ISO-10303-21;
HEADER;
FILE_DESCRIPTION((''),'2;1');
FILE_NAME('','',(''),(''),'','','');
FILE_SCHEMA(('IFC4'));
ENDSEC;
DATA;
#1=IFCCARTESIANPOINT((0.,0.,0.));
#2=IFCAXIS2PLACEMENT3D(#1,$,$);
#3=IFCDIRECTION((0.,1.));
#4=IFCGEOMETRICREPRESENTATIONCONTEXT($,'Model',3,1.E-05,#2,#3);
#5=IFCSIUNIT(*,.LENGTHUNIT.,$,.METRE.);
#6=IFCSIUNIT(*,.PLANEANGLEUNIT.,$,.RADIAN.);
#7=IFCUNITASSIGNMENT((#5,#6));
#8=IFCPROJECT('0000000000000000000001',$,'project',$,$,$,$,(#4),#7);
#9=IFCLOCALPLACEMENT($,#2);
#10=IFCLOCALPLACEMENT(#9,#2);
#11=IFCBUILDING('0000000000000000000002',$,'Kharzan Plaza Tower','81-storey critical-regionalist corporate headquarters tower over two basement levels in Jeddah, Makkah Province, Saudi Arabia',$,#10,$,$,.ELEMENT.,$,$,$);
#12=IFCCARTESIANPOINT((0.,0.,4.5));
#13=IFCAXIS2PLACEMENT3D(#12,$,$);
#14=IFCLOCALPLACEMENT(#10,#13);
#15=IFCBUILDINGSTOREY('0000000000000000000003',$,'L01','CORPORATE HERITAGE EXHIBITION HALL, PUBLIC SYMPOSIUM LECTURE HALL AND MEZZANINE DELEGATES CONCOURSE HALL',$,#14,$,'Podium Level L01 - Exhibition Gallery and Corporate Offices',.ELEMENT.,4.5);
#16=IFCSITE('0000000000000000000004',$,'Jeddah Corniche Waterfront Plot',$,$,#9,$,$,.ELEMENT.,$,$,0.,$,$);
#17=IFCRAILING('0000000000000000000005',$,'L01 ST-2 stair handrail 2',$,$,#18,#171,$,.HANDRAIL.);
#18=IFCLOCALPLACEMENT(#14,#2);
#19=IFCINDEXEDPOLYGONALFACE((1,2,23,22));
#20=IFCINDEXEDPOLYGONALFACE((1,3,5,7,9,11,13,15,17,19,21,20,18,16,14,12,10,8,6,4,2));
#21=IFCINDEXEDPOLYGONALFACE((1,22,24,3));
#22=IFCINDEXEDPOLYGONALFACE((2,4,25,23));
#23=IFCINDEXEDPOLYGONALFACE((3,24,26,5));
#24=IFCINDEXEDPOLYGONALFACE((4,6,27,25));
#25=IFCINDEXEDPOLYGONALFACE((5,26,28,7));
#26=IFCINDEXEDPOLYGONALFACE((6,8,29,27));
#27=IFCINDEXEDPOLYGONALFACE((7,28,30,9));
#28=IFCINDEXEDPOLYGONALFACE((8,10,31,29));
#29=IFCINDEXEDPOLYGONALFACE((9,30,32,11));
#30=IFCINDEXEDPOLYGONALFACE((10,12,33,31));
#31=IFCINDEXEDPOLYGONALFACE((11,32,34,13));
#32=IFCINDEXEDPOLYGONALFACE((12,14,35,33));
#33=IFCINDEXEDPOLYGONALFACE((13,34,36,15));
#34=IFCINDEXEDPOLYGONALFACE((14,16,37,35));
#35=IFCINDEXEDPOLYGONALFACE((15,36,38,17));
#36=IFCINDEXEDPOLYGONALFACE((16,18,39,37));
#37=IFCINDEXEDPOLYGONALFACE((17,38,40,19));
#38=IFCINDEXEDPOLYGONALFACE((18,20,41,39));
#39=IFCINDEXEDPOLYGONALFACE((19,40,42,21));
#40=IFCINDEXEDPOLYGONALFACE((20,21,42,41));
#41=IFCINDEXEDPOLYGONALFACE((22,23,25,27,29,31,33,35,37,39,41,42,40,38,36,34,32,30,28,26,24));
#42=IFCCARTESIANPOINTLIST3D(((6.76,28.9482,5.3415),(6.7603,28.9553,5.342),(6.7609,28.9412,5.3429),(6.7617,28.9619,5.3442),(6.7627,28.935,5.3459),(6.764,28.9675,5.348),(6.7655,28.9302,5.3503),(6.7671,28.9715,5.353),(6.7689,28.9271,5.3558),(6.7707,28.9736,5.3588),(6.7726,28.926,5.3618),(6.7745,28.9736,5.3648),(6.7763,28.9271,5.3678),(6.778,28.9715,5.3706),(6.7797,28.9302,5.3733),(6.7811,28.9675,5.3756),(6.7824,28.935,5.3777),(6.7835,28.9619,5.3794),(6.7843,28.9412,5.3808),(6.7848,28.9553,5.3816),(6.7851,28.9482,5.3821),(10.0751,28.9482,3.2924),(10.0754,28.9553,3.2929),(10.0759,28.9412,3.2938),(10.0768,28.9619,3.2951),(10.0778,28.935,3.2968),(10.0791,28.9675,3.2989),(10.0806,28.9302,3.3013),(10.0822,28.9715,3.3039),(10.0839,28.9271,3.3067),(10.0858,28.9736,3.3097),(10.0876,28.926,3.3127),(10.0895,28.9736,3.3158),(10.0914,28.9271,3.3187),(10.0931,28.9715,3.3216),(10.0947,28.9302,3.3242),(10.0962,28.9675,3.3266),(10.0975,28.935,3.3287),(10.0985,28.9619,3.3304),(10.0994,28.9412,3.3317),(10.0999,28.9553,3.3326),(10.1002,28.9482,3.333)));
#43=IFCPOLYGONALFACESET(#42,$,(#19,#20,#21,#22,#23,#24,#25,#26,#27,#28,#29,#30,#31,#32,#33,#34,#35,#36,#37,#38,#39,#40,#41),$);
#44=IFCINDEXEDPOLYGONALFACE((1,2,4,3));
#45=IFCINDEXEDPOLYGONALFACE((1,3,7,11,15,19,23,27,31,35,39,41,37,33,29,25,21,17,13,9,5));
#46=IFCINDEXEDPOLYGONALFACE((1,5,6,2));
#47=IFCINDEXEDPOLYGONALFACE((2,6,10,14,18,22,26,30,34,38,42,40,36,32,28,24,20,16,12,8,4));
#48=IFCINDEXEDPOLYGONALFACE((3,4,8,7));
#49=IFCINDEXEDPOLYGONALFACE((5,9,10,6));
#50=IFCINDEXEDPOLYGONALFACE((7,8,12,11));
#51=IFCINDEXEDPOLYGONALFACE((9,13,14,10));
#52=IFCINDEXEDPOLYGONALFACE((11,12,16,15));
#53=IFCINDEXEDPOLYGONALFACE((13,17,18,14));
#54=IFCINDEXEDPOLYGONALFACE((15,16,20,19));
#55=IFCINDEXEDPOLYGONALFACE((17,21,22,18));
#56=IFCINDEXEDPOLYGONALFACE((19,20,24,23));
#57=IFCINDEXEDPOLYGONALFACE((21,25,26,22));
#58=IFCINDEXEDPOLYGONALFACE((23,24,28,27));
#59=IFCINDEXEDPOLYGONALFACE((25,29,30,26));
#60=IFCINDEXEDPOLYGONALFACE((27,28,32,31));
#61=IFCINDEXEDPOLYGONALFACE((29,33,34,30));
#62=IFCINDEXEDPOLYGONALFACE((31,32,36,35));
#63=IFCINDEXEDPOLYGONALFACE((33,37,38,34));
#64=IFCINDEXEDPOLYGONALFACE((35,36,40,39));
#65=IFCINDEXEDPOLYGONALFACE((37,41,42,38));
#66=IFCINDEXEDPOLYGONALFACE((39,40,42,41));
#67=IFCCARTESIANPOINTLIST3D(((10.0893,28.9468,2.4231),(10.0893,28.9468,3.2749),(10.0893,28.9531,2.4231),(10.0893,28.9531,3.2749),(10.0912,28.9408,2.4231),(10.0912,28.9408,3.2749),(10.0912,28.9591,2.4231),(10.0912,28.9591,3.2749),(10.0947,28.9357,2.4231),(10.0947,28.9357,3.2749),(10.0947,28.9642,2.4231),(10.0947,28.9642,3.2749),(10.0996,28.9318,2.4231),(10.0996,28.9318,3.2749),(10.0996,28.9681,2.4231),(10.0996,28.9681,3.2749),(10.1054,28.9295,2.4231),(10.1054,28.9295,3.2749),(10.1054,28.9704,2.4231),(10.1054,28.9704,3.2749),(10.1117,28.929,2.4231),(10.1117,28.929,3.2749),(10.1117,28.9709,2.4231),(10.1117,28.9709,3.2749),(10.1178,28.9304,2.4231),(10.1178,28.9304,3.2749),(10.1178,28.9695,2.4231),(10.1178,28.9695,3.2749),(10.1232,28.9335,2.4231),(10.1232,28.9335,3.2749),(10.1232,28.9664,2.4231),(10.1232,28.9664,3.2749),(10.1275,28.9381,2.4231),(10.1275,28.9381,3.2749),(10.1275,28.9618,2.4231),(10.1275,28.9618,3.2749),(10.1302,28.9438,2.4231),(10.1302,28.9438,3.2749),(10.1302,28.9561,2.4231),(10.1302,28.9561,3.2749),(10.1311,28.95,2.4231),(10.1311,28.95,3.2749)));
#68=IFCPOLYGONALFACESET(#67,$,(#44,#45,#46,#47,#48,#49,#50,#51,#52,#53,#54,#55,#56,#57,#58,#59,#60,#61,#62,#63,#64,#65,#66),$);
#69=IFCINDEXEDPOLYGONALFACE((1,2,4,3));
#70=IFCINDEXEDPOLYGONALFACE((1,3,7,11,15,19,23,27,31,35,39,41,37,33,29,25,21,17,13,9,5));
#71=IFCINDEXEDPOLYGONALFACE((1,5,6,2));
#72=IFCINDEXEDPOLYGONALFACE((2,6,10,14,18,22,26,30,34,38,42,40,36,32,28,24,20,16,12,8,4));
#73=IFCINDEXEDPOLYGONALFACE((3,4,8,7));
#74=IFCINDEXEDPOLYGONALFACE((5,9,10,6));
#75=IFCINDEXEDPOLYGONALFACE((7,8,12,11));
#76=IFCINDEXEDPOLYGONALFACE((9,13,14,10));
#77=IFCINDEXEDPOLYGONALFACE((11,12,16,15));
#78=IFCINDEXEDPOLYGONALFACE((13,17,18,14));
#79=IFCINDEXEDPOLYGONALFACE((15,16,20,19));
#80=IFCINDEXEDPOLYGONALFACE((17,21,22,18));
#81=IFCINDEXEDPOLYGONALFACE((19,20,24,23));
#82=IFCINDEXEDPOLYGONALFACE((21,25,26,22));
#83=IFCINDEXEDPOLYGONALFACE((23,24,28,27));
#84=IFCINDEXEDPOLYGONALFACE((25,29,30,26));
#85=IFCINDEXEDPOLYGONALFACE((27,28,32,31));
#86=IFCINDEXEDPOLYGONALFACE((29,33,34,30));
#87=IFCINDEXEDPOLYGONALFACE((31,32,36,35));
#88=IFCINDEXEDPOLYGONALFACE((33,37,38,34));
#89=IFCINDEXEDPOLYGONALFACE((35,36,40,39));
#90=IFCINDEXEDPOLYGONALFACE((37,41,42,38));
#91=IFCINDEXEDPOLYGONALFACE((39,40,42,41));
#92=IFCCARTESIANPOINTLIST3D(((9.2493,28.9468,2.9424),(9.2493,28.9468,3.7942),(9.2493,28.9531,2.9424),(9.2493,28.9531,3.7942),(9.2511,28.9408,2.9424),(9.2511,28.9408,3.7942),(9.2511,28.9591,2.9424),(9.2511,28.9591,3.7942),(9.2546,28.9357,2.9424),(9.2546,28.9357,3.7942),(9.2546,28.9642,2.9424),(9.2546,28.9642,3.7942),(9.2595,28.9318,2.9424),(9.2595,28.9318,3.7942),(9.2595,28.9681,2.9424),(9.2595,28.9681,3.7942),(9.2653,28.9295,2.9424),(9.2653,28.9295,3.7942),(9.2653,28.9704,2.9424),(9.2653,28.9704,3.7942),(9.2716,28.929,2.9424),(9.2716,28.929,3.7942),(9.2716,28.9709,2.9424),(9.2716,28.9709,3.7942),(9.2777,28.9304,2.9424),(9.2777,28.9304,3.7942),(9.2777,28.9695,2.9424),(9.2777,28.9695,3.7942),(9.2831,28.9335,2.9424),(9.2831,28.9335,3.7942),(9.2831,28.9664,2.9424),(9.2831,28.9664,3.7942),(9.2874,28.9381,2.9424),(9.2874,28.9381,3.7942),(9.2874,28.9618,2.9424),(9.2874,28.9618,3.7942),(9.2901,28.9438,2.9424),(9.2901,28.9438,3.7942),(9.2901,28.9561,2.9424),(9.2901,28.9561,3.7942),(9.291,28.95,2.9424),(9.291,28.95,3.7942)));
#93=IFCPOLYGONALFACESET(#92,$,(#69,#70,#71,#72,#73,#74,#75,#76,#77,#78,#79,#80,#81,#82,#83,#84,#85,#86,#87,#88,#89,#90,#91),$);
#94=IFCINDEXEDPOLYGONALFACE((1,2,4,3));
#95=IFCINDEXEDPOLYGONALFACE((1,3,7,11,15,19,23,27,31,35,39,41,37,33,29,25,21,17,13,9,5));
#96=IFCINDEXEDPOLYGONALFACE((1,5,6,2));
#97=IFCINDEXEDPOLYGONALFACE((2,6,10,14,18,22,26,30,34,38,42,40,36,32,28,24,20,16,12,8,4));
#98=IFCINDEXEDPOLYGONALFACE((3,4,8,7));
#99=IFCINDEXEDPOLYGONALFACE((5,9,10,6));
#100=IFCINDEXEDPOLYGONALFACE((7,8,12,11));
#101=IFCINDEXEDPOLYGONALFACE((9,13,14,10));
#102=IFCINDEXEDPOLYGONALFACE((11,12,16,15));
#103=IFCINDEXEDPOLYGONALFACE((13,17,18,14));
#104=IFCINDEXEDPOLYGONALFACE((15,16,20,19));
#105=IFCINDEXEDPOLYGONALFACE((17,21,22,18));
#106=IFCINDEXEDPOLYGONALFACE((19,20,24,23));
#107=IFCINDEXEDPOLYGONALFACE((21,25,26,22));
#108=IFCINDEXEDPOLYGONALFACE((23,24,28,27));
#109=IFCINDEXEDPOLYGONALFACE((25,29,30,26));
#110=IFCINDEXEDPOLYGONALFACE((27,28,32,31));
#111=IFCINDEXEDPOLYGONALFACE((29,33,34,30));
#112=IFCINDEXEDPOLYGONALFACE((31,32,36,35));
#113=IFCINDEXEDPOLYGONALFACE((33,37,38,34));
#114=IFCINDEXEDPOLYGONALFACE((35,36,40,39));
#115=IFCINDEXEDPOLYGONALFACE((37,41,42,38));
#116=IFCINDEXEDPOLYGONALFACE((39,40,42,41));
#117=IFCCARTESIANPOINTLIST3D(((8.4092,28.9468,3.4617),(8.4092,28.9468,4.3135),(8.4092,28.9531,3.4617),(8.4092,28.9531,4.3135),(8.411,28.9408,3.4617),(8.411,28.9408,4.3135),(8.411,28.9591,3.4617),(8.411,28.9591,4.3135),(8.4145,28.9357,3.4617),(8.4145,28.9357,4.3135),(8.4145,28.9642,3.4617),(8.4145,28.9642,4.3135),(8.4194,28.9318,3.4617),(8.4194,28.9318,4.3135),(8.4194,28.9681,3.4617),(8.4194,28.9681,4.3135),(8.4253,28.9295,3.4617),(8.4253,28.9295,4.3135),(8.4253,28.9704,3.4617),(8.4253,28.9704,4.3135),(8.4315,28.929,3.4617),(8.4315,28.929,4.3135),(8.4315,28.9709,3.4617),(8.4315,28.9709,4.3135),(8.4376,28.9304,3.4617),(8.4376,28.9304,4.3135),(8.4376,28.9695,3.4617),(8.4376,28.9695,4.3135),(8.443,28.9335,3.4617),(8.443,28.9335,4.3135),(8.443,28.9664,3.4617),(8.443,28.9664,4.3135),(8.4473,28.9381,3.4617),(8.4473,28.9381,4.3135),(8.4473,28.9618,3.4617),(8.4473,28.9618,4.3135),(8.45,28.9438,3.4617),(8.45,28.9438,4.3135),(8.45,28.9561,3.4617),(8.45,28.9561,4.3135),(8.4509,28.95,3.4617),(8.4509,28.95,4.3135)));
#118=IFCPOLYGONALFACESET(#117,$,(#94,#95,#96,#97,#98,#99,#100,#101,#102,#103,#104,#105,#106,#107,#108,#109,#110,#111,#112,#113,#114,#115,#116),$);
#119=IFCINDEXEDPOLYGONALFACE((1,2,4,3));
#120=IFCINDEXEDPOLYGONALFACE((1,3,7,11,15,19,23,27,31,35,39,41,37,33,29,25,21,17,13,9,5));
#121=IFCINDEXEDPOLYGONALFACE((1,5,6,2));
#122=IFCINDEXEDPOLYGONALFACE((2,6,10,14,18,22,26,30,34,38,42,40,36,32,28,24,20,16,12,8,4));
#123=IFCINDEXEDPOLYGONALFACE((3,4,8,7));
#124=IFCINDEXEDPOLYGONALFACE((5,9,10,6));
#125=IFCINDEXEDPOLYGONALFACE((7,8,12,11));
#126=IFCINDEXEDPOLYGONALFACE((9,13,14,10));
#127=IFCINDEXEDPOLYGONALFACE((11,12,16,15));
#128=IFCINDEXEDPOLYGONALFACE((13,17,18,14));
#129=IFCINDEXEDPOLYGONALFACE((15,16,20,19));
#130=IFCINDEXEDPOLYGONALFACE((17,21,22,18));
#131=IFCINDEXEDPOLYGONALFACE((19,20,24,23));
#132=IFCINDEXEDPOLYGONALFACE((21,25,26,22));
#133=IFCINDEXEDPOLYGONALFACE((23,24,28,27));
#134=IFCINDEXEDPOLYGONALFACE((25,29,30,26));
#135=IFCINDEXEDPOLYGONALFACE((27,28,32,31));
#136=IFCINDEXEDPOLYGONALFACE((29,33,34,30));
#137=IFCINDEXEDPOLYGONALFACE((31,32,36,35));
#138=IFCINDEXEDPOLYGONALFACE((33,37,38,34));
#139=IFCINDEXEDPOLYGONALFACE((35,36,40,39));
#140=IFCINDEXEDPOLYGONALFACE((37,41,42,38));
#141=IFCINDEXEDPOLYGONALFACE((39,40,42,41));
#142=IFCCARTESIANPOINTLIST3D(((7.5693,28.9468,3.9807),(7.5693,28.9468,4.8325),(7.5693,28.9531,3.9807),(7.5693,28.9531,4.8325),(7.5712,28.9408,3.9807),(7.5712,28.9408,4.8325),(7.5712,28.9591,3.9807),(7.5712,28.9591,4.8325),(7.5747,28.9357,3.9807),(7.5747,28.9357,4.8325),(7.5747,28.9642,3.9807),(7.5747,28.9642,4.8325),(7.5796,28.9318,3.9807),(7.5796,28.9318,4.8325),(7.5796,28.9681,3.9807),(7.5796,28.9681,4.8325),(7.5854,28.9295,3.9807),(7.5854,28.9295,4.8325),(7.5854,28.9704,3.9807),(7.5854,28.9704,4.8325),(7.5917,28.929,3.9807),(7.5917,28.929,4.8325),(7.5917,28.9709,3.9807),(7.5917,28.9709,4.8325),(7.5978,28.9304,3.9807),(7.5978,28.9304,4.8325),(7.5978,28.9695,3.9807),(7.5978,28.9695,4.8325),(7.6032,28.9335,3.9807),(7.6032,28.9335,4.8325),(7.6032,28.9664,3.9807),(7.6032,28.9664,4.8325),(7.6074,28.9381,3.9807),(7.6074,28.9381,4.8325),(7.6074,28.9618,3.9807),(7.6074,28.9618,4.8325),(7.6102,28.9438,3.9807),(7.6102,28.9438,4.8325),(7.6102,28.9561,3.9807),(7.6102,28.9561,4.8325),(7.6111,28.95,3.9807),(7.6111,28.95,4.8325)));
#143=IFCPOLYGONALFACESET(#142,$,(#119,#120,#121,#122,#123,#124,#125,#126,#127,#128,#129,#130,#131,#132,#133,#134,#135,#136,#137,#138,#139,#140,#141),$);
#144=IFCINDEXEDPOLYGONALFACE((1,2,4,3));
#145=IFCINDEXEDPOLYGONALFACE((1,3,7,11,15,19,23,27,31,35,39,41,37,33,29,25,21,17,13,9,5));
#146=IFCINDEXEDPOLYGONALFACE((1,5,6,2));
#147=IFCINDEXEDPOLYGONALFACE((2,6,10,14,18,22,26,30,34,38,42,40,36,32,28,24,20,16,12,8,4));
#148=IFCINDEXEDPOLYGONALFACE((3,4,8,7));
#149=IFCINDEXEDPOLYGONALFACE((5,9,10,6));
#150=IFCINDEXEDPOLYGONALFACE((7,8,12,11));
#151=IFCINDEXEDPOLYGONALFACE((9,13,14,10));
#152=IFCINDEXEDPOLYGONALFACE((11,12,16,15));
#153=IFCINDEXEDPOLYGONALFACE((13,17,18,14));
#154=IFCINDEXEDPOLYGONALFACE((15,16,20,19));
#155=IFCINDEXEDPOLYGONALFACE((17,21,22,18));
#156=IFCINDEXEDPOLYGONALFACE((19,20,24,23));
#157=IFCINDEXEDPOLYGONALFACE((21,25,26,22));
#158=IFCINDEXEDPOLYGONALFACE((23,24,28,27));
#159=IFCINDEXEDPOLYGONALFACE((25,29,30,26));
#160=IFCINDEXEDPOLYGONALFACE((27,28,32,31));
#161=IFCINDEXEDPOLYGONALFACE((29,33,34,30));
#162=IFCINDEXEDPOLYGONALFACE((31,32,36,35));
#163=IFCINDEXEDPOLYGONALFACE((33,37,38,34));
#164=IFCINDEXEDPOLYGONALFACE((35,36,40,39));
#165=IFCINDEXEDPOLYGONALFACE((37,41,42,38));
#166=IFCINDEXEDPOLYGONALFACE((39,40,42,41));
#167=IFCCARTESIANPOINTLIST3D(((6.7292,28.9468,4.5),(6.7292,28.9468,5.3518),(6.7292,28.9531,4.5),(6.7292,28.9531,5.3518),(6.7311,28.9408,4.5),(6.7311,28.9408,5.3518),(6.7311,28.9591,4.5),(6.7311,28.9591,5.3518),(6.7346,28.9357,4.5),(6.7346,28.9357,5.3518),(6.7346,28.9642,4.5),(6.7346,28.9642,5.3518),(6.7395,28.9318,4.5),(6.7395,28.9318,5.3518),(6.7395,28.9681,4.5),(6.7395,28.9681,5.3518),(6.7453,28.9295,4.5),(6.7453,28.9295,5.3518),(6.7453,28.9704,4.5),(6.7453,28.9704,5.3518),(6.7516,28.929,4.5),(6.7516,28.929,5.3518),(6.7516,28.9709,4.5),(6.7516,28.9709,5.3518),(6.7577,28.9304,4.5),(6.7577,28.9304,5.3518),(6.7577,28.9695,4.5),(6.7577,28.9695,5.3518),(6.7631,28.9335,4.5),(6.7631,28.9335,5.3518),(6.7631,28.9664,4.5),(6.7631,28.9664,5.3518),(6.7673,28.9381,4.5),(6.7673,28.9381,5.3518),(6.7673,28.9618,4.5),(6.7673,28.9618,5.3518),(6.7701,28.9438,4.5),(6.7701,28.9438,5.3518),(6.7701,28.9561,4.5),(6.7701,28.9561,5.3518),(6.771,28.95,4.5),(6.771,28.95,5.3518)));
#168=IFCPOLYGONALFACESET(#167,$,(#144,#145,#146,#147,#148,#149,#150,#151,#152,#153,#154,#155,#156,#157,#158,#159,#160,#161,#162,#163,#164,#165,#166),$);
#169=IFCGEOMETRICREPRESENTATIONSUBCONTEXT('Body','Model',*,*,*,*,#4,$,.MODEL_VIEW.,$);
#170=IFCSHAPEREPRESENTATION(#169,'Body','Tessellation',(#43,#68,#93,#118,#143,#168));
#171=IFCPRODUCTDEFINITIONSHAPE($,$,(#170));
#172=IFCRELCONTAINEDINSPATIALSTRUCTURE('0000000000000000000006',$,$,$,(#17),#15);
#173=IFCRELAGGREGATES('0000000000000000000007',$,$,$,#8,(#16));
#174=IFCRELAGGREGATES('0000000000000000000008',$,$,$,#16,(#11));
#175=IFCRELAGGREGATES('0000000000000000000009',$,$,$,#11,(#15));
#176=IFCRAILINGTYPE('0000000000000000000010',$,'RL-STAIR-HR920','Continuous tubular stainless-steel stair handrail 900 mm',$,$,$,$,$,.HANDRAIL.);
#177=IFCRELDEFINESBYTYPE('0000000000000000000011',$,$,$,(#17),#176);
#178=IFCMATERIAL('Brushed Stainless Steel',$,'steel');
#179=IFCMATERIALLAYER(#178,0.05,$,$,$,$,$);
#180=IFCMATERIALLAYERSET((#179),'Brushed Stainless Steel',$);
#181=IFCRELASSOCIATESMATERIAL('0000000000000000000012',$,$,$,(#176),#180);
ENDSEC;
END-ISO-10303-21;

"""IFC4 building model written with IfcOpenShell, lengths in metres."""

from ifc_helpers import new_model, si_unit, direction, frame, origin, origin_2d, place, context, subcontext, project, spatial, circle, extrude, source, transform, mapped, material, layer, layer_set, type_object, element, save


model = new_model("IFC4")

# Units and contexts
model_context = context("Model", 3, precision=1e-05, world=origin(), true_north=direction((0.0, 1.0)))
body_context = subcontext(model_context, "Body", "Model", "MODEL_VIEW")
ifc_project = project(units=[si_unit("LENGTHUNIT", "METRE"), si_unit("PLANEANGLEUNIT", "RADIAN")], contexts=[model_context])

# Site, building, storey
site_placement = place(None, origin())
site = spatial("IfcSite", under=ifc_project, at=site_placement, Name="Jeddah Corniche Waterfront Plot", CompositionType="ELEMENT", RefElevation=0.0)
building_placement = place(site_placement, origin())
building = spatial("IfcBuilding", under=site, at=building_placement, Name="Kharzan Plaza Tower", Description="81-storey critical-regionalist corporate headquarters tower over two basement levels in Jeddah, Makkah Province, Saudi Arabia", CompositionType="ELEMENT")
storey_placement = place(building_placement, frame((0.0, 0.0, 4.5)))
storey = spatial("IfcBuildingStorey", under=building, at=storey_placement, Name="L01", Description="CORPORATE HERITAGE EXHIBITION HALL, PUBLIC SYMPOSIUM LECTURE HALL AND MEZZANINE DELEGATES CONCOURSE HALL", LongName="Podium Level L01 - Exhibition Gallery and Corporate Offices", CompositionType="ELEMENT", Elevation=4.5)

# Railing
ifc_material_1 = material(Name="Brushed Stainless Steel", Category="steel")
ifc_layer_1 = layer(ifc_material_1, 0.05)
ifc_layer_set_1 = layer_set([ifc_layer_1], Name="Brushed Stainless Steel")
railing_type_1 = type_object("IfcRailingType", Name="RL-STAIR-HR920", Description="Continuous tubular stainless-steel stair handrail 900 mm", PredefinedType="HANDRAIL", material=ifc_layer_set_1)
shared_shape_1 = source(origin(), body_context, "Body", "SweptSolid", [
    extrude(circle(Radius=0.0239, at=origin_2d()), frame((-0.0225, 0.0, 0.8896), z_axis=(-0.850623, 0.0, 0.525776), x_axis=(0.0, -1.0, 0.0)), (0.0, 0.0, 1.0), 3.8972),
    extrude(circle(Radius=0.021, at=origin_2d()), origin(), (0.0, 0.0, 1.0), 0.8518),
    extrude(circle(Radius=0.021, at=origin_2d()), frame((-0.8401, 0.0, 0.5193)), (0.0, 0.0, 1.0), 0.8518),
    extrude(circle(Radius=0.021, at=origin_2d()), frame((-1.6802, 0.0, 1.0386)), (0.0, 0.0, 1.0), 0.8518),
    extrude(circle(Radius=0.021, at=origin_2d()), frame((-2.52, 0.0, 1.5576)), (0.0, 0.0, 1.0), 0.8518),
    extrude(circle(Radius=0.021, at=origin_2d()), frame((-3.3601, 0.0, 2.0769)), (0.0, 0.0, 1.0), 0.8518),
])
railing_1_placement = place(storey_placement, frame((10.1101, 28.95, 2.4231)))
element("IfcRailing", 1, at=railing_1_placement, inside=storey, type_object=railing_type_1, Name="L01 ST-2 stair handrail 2", PredefinedType="HANDRAIL", context=body_context, shape_type="MappedRepresentation", body=[
    mapped(shared_shape_1, transform((0.0, 0.0, 0.0), x_axis=(1.0, 0.0, 0.0), y_axis=(0.0, 1.0, 0.0), z_axis=(0.0, 0.0, 1.0))),
])

save(model, "model.ifc")
